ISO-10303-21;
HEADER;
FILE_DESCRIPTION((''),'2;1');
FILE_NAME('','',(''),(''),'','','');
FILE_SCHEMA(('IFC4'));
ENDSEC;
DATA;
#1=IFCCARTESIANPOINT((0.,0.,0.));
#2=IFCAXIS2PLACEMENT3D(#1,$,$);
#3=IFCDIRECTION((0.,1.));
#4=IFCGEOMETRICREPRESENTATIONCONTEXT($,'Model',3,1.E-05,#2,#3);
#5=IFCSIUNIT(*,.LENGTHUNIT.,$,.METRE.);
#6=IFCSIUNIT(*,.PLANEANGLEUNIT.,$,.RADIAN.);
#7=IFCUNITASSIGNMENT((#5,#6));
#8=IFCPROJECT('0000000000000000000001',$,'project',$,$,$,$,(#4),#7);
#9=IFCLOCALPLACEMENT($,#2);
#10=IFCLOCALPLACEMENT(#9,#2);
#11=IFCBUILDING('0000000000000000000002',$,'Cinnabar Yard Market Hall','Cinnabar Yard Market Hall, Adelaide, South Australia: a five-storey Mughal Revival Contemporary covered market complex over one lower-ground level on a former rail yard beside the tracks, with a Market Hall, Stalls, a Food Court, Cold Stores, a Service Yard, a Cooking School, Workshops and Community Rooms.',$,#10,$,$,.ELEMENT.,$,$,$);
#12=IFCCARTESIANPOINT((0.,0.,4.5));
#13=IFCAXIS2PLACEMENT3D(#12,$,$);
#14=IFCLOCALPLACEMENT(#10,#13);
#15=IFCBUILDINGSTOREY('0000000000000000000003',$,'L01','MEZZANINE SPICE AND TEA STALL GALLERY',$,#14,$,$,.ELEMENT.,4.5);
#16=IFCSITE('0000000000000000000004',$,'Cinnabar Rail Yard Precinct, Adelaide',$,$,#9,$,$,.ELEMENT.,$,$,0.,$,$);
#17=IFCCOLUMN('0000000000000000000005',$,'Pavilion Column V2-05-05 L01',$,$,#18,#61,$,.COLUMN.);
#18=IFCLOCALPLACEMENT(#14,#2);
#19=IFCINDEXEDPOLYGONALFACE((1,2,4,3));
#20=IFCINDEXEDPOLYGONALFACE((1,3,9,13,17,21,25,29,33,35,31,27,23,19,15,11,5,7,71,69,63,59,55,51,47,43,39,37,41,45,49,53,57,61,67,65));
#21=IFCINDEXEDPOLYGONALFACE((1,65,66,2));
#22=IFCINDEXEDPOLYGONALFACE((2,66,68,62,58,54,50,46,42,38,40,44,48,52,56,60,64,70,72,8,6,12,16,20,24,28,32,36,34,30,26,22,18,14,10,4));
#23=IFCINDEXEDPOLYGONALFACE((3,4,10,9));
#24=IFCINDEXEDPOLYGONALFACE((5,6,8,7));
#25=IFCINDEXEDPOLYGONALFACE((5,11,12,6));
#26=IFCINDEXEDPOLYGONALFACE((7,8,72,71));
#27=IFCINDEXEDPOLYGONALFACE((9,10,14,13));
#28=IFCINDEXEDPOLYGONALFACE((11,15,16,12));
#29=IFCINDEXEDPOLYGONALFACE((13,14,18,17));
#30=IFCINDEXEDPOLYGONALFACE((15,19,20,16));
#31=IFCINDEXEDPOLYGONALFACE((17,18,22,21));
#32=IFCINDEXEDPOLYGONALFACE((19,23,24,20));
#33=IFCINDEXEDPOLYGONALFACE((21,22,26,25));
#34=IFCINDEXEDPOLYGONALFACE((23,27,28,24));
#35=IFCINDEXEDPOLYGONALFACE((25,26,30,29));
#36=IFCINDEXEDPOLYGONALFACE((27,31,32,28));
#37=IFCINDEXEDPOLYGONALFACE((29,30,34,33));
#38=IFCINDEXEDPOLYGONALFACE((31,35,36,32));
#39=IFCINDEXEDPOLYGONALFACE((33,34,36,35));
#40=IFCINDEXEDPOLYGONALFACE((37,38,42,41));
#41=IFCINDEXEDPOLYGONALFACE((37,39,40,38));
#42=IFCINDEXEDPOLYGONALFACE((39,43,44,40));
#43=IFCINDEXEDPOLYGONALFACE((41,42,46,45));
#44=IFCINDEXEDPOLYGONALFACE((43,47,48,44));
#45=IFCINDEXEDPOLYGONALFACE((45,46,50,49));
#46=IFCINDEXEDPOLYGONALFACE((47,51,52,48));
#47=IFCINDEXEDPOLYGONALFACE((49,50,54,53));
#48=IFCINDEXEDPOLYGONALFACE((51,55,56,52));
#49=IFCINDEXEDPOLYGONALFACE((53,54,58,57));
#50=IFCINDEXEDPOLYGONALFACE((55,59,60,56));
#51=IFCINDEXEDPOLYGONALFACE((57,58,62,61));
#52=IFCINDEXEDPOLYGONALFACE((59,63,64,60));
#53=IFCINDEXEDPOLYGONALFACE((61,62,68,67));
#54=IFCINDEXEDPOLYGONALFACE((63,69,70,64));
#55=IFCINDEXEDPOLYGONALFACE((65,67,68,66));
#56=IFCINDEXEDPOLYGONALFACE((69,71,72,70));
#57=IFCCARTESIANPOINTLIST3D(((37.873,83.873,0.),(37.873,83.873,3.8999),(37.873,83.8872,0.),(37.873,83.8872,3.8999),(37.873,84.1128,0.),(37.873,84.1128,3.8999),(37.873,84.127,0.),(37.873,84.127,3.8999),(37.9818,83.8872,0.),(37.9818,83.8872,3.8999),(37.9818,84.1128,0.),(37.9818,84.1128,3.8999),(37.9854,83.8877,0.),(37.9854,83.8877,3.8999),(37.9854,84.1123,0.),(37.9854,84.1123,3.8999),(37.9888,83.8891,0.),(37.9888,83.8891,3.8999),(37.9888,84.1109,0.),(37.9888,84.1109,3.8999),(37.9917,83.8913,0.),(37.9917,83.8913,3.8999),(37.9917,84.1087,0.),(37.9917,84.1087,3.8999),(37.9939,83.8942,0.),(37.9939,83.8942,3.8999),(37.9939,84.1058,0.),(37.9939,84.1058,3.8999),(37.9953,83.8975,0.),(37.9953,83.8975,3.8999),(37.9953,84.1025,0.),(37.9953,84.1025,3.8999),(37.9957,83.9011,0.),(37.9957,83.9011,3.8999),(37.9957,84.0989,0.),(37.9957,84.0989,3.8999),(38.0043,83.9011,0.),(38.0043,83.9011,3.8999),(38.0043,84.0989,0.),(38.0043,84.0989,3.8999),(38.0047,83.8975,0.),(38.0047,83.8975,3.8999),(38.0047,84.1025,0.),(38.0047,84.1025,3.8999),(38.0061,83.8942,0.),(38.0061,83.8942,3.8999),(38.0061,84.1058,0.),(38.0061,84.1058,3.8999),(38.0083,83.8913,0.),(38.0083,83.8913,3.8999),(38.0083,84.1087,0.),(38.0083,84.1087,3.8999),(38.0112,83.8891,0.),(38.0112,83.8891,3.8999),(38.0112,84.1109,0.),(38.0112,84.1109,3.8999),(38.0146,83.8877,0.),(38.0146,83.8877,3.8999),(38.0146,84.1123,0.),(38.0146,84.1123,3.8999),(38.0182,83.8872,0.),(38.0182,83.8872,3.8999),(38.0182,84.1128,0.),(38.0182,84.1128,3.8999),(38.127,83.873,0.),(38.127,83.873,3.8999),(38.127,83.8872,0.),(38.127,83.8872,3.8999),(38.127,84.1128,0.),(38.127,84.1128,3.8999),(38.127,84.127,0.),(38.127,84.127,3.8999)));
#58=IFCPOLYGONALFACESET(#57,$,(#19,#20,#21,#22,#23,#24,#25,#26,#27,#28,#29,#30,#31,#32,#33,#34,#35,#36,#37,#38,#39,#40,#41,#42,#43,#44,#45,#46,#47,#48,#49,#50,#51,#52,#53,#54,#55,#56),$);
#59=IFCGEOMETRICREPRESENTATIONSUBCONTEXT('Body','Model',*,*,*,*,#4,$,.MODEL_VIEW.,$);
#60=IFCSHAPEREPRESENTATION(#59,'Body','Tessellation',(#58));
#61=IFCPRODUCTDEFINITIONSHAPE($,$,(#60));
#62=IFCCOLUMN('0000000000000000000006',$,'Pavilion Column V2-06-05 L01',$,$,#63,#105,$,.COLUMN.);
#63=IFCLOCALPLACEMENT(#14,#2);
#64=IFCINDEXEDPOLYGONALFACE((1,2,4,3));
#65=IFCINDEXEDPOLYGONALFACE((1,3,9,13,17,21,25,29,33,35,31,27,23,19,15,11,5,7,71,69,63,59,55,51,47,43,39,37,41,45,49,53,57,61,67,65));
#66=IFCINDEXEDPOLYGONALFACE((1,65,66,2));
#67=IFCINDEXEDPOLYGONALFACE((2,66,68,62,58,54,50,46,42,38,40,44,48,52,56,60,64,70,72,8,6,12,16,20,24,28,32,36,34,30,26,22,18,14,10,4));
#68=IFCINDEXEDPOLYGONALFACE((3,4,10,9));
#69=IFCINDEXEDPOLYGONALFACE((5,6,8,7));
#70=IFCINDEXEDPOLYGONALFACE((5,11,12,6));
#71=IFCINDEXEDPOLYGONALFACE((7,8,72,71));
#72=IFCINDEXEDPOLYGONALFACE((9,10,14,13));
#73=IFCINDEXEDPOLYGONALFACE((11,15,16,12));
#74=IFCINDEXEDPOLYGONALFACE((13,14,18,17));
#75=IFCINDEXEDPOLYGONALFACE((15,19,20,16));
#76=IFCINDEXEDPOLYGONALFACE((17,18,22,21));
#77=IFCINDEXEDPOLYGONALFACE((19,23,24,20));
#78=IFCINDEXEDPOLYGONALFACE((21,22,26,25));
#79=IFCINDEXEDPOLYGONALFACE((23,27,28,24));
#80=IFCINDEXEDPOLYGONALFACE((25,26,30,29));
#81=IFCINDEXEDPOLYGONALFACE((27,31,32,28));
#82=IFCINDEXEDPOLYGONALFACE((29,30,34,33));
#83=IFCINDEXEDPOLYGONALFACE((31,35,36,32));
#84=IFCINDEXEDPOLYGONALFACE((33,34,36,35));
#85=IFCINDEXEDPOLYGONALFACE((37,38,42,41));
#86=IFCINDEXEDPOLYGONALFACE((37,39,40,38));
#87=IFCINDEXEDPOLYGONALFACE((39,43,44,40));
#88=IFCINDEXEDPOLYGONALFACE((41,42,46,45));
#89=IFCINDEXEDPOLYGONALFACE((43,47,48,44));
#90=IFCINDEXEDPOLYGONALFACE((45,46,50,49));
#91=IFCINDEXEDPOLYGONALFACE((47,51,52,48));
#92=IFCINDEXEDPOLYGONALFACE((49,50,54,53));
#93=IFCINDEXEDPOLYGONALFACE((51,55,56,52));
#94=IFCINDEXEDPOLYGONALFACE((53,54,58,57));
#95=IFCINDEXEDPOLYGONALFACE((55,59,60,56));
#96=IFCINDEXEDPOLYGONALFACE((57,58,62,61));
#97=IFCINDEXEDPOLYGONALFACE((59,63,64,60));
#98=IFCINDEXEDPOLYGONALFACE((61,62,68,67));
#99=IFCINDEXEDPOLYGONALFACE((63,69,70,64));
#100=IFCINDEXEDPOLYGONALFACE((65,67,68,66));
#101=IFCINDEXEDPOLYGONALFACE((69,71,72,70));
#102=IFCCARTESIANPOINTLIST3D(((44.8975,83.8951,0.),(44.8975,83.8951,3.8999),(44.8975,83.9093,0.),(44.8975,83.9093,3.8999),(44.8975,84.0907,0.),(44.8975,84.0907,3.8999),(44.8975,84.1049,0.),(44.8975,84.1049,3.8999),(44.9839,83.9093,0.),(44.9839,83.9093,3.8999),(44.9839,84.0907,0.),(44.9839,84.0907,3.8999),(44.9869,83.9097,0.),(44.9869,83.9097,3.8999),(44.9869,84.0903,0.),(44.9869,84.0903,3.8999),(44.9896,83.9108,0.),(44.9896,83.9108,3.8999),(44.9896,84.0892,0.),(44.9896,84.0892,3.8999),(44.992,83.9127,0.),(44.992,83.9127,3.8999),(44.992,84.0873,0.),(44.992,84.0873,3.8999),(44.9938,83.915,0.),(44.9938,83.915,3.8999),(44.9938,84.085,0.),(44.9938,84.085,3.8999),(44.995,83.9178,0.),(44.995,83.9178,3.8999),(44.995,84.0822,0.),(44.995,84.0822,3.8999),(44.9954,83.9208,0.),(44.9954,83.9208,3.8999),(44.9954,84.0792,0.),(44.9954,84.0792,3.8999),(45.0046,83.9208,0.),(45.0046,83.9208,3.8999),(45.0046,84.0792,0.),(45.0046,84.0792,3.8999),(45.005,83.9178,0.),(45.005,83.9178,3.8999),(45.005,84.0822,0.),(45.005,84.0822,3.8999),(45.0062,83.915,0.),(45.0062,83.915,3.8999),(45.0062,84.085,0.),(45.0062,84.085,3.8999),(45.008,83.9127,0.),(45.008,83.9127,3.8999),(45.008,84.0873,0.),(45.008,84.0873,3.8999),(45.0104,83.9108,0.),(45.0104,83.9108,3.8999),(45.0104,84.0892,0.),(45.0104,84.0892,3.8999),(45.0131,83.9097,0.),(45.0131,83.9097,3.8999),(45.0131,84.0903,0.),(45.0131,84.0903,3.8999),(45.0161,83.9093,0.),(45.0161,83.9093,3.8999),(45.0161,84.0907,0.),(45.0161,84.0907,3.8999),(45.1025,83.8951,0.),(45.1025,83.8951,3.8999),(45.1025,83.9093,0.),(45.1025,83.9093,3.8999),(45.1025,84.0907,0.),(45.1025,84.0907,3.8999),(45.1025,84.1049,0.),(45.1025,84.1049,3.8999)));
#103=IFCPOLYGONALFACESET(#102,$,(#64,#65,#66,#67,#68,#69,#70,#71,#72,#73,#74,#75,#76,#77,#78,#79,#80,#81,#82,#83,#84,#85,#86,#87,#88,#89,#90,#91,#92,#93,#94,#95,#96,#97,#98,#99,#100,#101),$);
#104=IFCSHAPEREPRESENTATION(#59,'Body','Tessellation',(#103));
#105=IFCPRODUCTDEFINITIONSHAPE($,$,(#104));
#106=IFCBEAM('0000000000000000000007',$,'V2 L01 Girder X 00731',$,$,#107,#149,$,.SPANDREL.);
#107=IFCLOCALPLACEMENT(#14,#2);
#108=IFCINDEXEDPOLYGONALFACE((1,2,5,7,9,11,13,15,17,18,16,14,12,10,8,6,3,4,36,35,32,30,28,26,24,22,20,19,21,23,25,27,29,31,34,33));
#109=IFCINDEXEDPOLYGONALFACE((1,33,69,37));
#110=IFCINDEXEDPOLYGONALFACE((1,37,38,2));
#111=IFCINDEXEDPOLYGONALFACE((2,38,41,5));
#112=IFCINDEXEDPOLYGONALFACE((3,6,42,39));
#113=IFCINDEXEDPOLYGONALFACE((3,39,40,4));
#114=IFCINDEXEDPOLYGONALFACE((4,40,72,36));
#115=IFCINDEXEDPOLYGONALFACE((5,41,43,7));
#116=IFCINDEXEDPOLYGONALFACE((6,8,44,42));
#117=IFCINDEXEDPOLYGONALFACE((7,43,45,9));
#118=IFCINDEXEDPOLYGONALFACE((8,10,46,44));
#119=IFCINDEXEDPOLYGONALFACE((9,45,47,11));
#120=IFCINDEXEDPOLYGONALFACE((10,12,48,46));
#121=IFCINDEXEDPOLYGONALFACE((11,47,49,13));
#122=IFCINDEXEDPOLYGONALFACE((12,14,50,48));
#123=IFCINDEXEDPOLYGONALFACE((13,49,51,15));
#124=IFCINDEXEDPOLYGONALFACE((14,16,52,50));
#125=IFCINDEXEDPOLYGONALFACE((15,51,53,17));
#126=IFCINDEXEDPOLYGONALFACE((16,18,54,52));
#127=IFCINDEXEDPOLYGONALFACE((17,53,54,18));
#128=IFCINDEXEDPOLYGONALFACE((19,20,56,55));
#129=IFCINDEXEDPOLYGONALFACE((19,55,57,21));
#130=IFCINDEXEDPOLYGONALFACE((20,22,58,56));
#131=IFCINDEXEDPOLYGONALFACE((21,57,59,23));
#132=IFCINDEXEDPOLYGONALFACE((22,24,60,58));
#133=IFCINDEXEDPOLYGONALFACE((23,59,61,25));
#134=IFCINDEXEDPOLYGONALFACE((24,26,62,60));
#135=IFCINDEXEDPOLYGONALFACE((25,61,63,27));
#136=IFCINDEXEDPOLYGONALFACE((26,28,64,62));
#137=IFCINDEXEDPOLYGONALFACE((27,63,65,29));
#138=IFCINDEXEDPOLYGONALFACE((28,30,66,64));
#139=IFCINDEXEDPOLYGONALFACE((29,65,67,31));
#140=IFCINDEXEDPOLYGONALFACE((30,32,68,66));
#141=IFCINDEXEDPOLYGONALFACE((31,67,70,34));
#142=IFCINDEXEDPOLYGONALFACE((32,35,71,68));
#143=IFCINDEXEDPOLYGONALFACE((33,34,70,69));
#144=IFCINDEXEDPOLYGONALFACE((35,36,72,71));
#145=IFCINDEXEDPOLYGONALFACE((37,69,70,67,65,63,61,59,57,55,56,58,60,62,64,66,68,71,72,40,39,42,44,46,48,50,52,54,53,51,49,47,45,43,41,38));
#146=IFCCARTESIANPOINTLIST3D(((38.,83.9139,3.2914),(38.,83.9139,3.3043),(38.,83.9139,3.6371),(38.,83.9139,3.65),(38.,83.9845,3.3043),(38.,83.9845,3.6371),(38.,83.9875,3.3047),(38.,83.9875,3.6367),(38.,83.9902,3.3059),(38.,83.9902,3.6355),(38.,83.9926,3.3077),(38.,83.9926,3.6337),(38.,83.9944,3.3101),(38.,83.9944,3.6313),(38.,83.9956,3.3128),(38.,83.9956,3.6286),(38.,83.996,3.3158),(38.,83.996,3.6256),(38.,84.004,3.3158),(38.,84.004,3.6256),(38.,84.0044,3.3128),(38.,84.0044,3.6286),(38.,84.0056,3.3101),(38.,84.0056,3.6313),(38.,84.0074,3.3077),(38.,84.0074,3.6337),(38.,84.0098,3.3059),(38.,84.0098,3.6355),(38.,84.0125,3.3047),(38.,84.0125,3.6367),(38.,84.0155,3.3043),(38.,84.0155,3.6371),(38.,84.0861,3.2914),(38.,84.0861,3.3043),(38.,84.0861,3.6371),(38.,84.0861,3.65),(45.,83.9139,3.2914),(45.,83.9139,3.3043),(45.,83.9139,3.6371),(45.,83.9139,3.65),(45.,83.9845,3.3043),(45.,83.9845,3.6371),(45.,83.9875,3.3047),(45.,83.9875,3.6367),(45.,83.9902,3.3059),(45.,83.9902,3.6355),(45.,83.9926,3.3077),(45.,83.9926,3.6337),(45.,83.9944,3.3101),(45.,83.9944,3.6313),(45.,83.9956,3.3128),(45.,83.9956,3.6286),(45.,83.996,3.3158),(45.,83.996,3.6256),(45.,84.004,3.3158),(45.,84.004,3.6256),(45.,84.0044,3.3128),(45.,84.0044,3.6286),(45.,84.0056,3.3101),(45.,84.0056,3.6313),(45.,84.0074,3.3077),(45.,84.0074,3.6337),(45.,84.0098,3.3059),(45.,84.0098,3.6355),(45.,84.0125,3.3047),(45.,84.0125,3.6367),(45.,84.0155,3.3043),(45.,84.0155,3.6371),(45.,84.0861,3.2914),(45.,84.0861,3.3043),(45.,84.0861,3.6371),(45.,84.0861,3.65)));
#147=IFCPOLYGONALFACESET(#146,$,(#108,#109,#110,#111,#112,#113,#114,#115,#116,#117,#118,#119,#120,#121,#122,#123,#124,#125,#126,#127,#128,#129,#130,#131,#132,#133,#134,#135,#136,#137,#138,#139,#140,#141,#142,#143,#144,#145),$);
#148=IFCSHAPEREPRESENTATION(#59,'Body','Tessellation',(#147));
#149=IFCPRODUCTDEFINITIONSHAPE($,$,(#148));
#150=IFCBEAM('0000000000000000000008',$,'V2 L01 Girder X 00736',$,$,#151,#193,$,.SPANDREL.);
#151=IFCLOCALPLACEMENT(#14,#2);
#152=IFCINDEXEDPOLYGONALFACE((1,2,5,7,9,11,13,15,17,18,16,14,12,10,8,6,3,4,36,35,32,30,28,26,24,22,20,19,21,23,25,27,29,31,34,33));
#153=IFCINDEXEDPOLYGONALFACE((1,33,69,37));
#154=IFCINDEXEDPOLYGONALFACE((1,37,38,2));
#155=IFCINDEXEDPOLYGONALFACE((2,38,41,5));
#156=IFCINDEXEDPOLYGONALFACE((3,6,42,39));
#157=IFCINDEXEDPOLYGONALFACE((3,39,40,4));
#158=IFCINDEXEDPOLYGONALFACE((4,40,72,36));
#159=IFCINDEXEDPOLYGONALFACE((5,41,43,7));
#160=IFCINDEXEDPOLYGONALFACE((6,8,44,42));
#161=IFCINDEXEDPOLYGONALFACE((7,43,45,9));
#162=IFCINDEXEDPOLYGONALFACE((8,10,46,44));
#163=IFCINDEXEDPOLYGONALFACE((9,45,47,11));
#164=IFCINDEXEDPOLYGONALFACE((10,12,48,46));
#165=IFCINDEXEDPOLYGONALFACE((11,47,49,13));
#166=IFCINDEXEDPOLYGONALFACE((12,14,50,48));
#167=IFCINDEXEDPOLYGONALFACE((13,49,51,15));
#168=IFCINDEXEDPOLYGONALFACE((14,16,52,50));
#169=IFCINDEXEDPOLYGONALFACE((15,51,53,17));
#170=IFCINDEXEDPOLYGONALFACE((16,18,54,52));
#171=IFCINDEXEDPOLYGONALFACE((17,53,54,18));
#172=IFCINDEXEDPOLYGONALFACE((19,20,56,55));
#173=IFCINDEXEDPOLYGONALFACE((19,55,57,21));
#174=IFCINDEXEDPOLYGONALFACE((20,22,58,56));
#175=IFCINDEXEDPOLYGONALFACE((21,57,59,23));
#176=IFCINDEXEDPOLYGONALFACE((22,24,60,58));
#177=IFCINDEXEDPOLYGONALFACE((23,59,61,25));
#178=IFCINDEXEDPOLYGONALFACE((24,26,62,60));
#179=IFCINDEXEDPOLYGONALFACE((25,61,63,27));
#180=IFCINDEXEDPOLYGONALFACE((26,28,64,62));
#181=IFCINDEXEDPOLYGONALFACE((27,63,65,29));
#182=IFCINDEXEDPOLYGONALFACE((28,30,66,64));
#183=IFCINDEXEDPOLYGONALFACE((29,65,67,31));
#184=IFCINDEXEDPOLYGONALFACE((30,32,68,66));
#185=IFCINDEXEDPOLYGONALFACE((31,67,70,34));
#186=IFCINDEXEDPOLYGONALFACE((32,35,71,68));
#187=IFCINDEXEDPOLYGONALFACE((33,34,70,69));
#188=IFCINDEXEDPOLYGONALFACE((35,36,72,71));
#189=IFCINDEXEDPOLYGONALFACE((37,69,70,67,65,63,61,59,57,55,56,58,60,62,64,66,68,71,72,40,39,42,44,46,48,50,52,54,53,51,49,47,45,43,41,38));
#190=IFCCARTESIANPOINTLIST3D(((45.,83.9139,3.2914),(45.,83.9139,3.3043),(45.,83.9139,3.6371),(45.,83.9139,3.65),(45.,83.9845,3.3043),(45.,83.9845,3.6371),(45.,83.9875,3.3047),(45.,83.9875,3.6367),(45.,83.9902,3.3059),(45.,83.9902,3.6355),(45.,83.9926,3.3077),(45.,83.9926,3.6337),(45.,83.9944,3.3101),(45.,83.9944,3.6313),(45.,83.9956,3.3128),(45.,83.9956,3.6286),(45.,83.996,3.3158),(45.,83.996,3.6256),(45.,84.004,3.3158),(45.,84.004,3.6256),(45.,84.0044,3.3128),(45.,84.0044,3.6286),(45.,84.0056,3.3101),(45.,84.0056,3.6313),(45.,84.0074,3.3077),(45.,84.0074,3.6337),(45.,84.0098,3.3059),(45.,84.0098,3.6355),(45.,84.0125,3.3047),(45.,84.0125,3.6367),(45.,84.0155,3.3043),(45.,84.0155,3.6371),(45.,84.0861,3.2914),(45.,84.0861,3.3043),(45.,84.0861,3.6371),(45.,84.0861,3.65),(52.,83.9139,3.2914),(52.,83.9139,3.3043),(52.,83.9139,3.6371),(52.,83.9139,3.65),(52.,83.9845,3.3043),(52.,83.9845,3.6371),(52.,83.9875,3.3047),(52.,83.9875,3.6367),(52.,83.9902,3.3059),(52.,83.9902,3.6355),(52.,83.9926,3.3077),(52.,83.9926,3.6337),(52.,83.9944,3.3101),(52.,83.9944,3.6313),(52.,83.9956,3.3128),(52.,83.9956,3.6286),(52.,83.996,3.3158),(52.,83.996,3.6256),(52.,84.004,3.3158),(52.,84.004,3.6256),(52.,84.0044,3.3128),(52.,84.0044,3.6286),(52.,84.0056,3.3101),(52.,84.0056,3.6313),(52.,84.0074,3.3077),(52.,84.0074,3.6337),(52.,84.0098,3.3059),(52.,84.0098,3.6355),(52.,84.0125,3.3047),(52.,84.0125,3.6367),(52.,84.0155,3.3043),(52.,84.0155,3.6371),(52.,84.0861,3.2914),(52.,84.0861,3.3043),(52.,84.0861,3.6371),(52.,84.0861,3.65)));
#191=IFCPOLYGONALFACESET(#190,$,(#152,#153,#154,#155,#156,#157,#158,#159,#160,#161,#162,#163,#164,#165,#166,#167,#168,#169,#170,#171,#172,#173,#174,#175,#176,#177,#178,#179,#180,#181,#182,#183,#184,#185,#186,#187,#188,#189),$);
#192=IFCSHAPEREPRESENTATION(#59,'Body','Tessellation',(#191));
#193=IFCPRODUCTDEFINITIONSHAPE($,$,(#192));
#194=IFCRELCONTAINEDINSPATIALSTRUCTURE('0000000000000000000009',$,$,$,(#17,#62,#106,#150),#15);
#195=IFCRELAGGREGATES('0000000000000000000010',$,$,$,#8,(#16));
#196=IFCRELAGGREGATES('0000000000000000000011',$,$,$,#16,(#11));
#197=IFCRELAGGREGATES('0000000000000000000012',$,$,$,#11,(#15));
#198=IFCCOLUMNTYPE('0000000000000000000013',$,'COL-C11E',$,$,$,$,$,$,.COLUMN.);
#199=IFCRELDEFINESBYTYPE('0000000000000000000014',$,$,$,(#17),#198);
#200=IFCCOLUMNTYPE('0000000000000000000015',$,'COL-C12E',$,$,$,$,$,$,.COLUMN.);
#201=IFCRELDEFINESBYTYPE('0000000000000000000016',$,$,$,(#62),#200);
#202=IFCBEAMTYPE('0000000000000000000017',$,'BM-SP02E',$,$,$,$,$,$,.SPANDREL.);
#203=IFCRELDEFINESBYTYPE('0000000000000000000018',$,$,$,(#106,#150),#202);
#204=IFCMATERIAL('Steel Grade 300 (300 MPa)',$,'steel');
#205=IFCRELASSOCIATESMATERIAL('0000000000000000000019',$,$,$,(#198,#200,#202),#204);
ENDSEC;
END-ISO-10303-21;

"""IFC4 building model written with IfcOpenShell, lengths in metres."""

from ifc_helpers import new_model, si_unit, direction, frame, origin, origin_2d_with_axis, place, context, subcontext, project, spatial, i_section, extrude, material, material_profile, profile_set, type_object, element, save


model = new_model("IFC4")

# Units and contexts
model_context = context("Model", 3, precision=1e-05, world=origin(), true_north=direction((0.0, 1.0)))
body_context = subcontext(model_context, "Body", "Model", "MODEL_VIEW")
ifc_project = project(units=[si_unit("LENGTHUNIT", "METRE"), si_unit("PLANEANGLEUNIT", "RADIAN")], contexts=[model_context])

# Site, building, storey
site_placement = place(None, origin())
site = spatial("IfcSite", under=ifc_project, at=site_placement, Name="Cinnabar Rail Yard Precinct, Adelaide", CompositionType="ELEMENT", RefElevation=0.0)
building_placement = place(site_placement, origin())
building = spatial("IfcBuilding", under=site, at=building_placement, Name="Cinnabar Yard Market Hall", Description="Cinnabar Yard Market Hall, Adelaide, South Australia: a five-storey Mughal Revival Contemporary covered market complex over one lower-ground level on a former rail yard beside the tracks, with a Market Hall, Stalls, a Food Court, Cold Stores, a Service Yard, a Cooking School, Workshops and Community Rooms.", CompositionType="ELEMENT")
storey_placement = place(building_placement, frame((0.0, 0.0, 4.5)))
storey = spatial("IfcBuildingStorey", under=building, at=storey_placement, Name="L01", Description="MEZZANINE SPICE AND TEA STALL GALLERY", CompositionType="ELEMENT", Elevation=4.5)

# Columns
ifc_material_1 = material(Name="Steel Grade 300 (300 MPa)", Category="steel")
ifc_material_profile_1 = material_profile(ifc_material_1, i_section(OverallWidth=0.2539, OverallDepth=0.2539, WebThickness=0.0085, FlangeThickness=0.0142, FilletRadius=0.0139, at=origin_2d_with_axis()), Name="250UC72.9")
ifc_profile_set_1 = profile_set([ifc_material_profile_1], Name="Steel Grade 300 (300 MPa)")
column_type_1 = type_object("IfcColumnType", Name="COL-C11E", PredefinedType="COLUMN", material=ifc_profile_set_1)
column_1_placement = place(storey_placement, frame((38.0, 84.0, 0.0), z_axis=(0.0, 0.0, 1.0), x_axis=(1.0, 0.0, 0.0)))
element("IfcColumn", 1, at=column_1_placement, inside=storey, type_object=column_type_1, Name="Pavilion Column V2-05-05 L01", PredefinedType="COLUMN", context=body_context, shape_type="SweptSolid", body=[
    extrude(i_section(OverallWidth=0.2539, OverallDepth=0.2539, WebThickness=0.0085, FlangeThickness=0.0142, FilletRadius=0.0139, at=origin_2d_with_axis()), origin(), (0.0, 0.0, 1.0), 3.8999),
])
ifc_material_profile_2 = material_profile(ifc_material_1, i_section(OverallWidth=0.2051, OverallDepth=0.2097, WebThickness=0.0093, FlangeThickness=0.0142, FilletRadius=0.0115, at=origin_2d_with_axis()), Name="200UC59.5")
ifc_profile_set_2 = profile_set([ifc_material_profile_2], Name="Steel Grade 300 (300 MPa)")
column_type_2 = type_object("IfcColumnType", Name="COL-C12E", PredefinedType="COLUMN", material=ifc_profile_set_2)
column_2_placement = place(storey_placement, frame((45.0, 84.0, 0.0), z_axis=(0.0, 0.0, 1.0), x_axis=(1.0, 0.0, 0.0)))
element("IfcColumn", 2, at=column_2_placement, inside=storey, type_object=column_type_2, Name="Pavilion Column V2-06-05 L01", PredefinedType="COLUMN", context=body_context, shape_type="SweptSolid", body=[
    extrude(i_section(OverallWidth=0.2051, OverallDepth=0.2097, WebThickness=0.0093, FlangeThickness=0.0142, FilletRadius=0.0115, at=origin_2d_with_axis()), origin(), (0.0, 0.0, 1.0), 3.8999),
])

# Beams
ifc_material_profile_3 = material_profile(ifc_material_1, i_section(OverallWidth=0.1721, OverallDepth=0.3586, WebThickness=0.0081, FlangeThickness=0.0129, FilletRadius=0.0115, at=origin_2d_with_axis()), Name="360UB56.7")
ifc_profile_set_3 = profile_set([ifc_material_profile_3], Name="Steel Grade 300 (300 MPa)")
beam_type = type_object("IfcBeamType", Name="BM-SP02E", PredefinedType="SPANDREL", material=ifc_profile_set_3)
for number, where, z_axis, x_axis, name in (
    (3, (38.0, 84.0, 3.4707), (1.0, 0.0, 0.0), (0.0, 1.0, 0.0), "V2 L01 Girder X 00731"),
    (4, (45.0, 84.0, 3.4707), (1.0, 0.0, 0.0), (0.0, 1.0, 0.0), "V2 L01 Girder X 00736"),
):
    element("IfcBeam", number, at=place(storey_placement, frame(where, z_axis=z_axis, x_axis=x_axis)), inside=storey, type_object=beam_type, Name=name, PredefinedType="SPANDREL", context=body_context, shape_type="SweptSolid", body=[
        extrude(i_section(OverallWidth=0.1721, OverallDepth=0.3586, WebThickness=0.0081, FlangeThickness=0.0129, FilletRadius=0.0115, at=origin_2d_with_axis()), origin(), (0.0, 0.0, 1.0), 7.0),
    ])

save(model, "model.ifc")
